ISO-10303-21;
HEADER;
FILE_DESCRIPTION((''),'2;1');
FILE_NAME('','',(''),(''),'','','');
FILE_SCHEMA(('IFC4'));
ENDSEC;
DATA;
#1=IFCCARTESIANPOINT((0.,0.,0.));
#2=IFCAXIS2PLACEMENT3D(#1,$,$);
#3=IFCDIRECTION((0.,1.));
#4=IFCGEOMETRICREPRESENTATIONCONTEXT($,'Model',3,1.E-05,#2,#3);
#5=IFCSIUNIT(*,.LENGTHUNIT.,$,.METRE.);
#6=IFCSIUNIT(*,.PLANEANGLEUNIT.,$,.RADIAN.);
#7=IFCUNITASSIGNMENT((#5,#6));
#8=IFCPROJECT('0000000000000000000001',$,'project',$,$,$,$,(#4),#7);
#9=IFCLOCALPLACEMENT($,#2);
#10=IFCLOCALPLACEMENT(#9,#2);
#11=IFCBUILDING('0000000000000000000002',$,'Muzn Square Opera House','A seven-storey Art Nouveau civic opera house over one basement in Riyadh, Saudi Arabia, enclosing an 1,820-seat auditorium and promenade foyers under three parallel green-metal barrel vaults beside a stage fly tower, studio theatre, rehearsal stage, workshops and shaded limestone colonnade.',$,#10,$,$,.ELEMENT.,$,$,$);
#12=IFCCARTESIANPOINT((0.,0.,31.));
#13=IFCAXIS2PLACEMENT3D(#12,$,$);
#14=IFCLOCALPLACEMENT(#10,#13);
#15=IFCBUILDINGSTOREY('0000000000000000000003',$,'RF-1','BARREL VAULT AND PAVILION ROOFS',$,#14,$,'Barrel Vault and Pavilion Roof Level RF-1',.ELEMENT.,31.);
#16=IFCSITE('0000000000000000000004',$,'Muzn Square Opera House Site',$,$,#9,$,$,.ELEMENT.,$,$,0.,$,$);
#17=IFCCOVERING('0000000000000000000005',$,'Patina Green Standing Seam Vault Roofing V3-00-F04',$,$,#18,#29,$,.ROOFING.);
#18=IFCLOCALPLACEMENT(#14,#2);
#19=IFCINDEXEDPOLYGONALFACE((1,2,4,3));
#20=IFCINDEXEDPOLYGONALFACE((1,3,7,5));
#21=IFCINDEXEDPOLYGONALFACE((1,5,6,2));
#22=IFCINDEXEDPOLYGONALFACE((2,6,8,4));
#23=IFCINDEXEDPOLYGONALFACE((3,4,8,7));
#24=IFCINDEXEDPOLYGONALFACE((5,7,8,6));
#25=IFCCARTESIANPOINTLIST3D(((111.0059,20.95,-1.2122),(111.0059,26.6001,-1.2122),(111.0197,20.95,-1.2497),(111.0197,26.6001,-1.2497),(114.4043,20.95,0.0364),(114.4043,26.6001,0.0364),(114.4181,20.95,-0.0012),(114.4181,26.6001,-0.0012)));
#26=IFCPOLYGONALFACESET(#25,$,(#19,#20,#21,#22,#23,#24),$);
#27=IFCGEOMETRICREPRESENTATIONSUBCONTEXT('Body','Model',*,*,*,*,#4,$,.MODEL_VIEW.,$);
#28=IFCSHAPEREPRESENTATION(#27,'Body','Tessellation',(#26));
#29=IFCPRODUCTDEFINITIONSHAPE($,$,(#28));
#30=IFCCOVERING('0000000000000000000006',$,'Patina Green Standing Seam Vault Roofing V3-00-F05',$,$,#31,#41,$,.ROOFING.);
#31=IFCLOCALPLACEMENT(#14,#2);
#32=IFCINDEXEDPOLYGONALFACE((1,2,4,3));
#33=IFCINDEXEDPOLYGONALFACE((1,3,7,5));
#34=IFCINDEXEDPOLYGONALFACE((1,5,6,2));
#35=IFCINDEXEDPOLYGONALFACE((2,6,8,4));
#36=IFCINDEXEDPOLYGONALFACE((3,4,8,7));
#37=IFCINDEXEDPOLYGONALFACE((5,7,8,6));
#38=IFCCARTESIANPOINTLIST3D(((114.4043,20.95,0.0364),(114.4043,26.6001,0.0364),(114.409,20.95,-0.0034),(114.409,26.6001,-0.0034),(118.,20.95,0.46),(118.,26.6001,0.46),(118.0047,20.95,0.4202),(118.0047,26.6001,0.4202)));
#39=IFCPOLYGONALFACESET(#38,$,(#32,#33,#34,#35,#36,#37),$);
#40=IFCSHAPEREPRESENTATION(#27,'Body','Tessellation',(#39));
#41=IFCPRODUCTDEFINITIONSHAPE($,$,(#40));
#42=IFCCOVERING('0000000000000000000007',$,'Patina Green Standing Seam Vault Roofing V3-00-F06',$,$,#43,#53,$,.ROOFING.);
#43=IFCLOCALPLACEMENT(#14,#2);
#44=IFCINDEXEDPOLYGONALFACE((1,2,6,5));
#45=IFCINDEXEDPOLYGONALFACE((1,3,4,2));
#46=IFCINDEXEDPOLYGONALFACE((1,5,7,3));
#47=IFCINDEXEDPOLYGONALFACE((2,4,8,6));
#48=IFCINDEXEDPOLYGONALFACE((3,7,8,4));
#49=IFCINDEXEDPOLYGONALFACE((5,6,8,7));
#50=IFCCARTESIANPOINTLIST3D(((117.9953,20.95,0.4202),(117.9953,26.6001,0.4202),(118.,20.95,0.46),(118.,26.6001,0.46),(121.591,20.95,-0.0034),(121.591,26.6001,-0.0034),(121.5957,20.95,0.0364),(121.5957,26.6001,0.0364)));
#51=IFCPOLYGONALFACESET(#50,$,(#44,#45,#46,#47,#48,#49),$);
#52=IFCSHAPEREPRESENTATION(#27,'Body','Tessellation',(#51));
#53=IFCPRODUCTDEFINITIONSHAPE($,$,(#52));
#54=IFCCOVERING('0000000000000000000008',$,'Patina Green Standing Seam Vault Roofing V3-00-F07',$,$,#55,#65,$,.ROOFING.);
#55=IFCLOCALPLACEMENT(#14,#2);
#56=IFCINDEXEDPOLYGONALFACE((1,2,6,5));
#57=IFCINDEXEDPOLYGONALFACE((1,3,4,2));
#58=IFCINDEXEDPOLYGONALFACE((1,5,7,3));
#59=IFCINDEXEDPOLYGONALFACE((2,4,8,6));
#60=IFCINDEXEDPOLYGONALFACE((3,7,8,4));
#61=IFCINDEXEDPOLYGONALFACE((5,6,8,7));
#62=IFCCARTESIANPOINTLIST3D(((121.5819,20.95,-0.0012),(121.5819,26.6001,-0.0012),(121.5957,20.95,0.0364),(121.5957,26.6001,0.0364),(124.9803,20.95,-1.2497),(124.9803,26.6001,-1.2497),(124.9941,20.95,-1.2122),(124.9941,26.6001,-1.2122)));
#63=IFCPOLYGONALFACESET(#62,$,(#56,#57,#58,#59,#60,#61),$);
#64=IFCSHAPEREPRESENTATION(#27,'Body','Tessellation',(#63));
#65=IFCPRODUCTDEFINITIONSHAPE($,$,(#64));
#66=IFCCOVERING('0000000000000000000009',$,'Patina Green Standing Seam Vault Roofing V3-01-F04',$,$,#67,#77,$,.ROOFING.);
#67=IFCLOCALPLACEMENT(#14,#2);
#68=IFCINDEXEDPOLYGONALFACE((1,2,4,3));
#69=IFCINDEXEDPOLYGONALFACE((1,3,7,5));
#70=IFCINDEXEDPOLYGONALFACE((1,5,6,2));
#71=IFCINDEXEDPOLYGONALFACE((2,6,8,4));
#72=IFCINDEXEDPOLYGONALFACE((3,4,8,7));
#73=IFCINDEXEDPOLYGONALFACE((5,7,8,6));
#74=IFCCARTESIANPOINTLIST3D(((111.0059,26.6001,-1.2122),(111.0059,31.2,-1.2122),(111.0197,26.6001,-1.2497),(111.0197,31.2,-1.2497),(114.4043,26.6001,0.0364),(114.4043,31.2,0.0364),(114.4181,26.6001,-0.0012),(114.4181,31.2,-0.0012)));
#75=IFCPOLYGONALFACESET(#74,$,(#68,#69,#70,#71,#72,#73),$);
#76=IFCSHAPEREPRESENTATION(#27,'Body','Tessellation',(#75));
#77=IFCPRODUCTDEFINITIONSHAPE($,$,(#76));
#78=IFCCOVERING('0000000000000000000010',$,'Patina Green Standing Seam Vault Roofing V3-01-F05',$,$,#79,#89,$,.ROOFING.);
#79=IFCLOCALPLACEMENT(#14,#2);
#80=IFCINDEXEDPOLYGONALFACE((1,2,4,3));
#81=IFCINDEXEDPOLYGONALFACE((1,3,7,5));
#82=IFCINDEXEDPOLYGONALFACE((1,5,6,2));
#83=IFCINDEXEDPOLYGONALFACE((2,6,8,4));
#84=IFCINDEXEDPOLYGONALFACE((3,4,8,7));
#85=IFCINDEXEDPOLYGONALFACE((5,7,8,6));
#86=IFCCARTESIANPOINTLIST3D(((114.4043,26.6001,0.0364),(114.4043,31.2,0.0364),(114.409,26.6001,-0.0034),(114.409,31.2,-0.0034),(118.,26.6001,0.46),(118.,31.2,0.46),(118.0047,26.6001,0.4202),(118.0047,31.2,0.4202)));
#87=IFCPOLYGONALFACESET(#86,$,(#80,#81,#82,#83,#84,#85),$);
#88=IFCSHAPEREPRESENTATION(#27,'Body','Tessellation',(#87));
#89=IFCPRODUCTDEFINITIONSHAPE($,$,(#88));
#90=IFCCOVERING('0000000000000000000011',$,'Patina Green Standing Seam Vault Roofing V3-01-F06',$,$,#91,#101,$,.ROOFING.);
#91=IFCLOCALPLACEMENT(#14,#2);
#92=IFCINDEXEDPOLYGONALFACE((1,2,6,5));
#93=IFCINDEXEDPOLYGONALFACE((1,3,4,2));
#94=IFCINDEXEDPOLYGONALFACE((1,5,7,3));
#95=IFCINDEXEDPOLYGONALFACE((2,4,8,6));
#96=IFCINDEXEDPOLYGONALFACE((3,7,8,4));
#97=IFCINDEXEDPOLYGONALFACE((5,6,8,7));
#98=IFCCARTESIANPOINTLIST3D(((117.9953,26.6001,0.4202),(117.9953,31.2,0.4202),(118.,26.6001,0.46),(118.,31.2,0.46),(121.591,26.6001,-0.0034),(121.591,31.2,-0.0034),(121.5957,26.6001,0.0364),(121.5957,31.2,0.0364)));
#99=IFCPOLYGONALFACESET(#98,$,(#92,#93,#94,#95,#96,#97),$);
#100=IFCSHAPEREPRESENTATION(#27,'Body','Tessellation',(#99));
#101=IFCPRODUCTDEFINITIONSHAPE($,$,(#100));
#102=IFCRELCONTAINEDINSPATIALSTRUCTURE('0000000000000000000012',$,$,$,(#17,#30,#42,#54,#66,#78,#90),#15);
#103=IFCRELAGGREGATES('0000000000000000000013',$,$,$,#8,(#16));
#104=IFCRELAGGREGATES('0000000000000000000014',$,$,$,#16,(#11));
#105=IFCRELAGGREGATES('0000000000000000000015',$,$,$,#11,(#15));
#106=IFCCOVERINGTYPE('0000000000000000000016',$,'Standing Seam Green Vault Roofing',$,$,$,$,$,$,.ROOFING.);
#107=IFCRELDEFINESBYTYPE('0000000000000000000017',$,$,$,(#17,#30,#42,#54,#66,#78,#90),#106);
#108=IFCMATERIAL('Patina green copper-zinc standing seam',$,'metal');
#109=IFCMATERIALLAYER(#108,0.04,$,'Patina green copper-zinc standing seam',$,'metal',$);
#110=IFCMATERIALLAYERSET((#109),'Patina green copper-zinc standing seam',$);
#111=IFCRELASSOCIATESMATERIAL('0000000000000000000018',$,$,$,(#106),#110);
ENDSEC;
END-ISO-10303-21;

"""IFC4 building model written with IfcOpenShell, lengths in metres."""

from ifc_helpers import new_model, si_unit, direction, frame, origin, place, context, subcontext, project, spatial, polyline, outline, extrude, material, layer, layer_set, type_object, element, save


model = new_model("IFC4")

# Units and contexts
model_context = context("Model", 3, precision=1e-05, world=origin(), true_north=direction((0.0, 1.0)))
body_context = subcontext(model_context, "Body", "Model", "MODEL_VIEW")
ifc_project = project(units=[si_unit("LENGTHUNIT", "METRE"), si_unit("PLANEANGLEUNIT", "RADIAN")], contexts=[model_context])

# Site, building, storey
site_placement = place(None, origin())
site = spatial("IfcSite", under=ifc_project, at=site_placement, Name="Muzn Square Opera House Site", CompositionType="ELEMENT", RefElevation=0.0)
building_placement = place(site_placement, origin())
building = spatial("IfcBuilding", under=site, at=building_placement, Name="Muzn Square Opera House", Description="A seven-storey Art Nouveau civic opera house over one basement in Riyadh, Saudi Arabia, enclosing an 1,820-seat auditorium and promenade foyers under three parallel green-metal barrel vaults beside a stage fly tower, studio theatre, rehearsal stage, workshops and shaded limestone colonnade.", CompositionType="ELEMENT")
storey_placement = place(building_placement, frame((0.0, 0.0, 31.0)))
storey = spatial("IfcBuildingStorey", under=building, at=storey_placement, Name="RF-1", Description="BARREL VAULT AND PAVILION ROOFS", LongName="Barrel Vault and Pavilion Roof Level RF-1", CompositionType="ELEMENT", Elevation=31.0)

# Shared definitions
ifc_material_1 = material(Name="Patina green copper-zinc standing seam", Category="metal")

# Coverings
ifc_layer_1 = layer(ifc_material_1, 0.04, Name="Patina green copper-zinc standing seam", Category="metal")
ifc_layer_set_1 = layer_set([ifc_layer_1], Name="Patina green copper-zinc standing seam")
covering_type = type_object("IfcCoveringType", Name="Standing Seam Green Vault Roofing", PredefinedType="ROOFING", material=ifc_layer_set_1)
covering_1_placement = place(storey_placement, frame((114.4043, 20.95, 0.0364), z_axis=(-0.344849, 0.0, 0.938658), x_axis=(0.0, 1.0, 0.0)))
element("IfcCovering", 1, at=covering_1_placement, inside=storey, type_object=covering_type, Name="Patina Green Standing Seam Vault Roofing V3-00-F04", PredefinedType="ROOFING", context=body_context, shape_type="SweptSolid", body=[
    extrude(outline(polyline([(0.0, 3.6205), (0.0, 0.0), (5.6501, 0.0), (5.6501, 3.6205), (0.0, 3.6205)])), origin(), (0.0, 0.0, -1.0), 0.04),
])
covering_2_placement = place(storey_placement, frame((118.0, 20.95, 0.46), z_axis=(-0.116994, 0.0, 0.993133), x_axis=(0.0, 1.0, 0.0)))
element("IfcCovering", 2, at=covering_2_placement, inside=storey, type_object=covering_type, Name="Patina Green Standing Seam Vault Roofing V3-00-F05", PredefinedType="ROOFING", context=body_context, shape_type="SweptSolid", body=[
    extrude(outline(polyline([(0.0, 3.6206), (0.0, 0.0), (5.6501, 0.0), (5.6501, 3.6206), (0.0, 3.6206)])), origin(), (0.0, 0.0, -1.0), 0.04),
])
covering_3_placement = place(storey_placement, frame((118.0, 20.95, 0.46), z_axis=(0.116994, 0.0, 0.993133), x_axis=(0.993133, 0.0, -0.116994)))
element("IfcCovering", 3, at=covering_3_placement, inside=storey, type_object=covering_type, Name="Patina Green Standing Seam Vault Roofing V3-00-F06", PredefinedType="ROOFING", context=body_context, shape_type="SweptSolid", body=[
    extrude(outline(polyline([(0.0, 0.0), (3.6206, 0.0), (3.6206, 5.6501), (0.0, 5.6501), (0.0, 0.0)])), origin(), (0.0, 0.0, -1.0), 0.04),
])
covering_4_placement = place(storey_placement, frame((121.5957, 20.95, 0.0364), z_axis=(0.344849, 0.0, 0.938658), x_axis=(0.938658, 0.0, -0.344849)))
element("IfcCovering", 4, at=covering_4_placement, inside=storey, type_object=covering_type, Name="Patina Green Standing Seam Vault Roofing V3-00-F07", PredefinedType="ROOFING", context=body_context, shape_type="SweptSolid", body=[
    extrude(outline(polyline([(0.0, 0.0), (3.6205, 0.0), (3.6205, 5.6501), (0.0, 5.6501), (0.0, 0.0)])), origin(), (0.0, 0.0, -1.0), 0.04),
])
covering_5_placement = place(storey_placement, frame((114.4043, 26.6001, 0.0364), z_axis=(-0.344849, 0.0, 0.938658), x_axis=(0.0, 1.0, 0.0)))
element("IfcCovering", 5, at=covering_5_placement, inside=storey, type_object=covering_type, Name="Patina Green Standing Seam Vault Roofing V3-01-F04", PredefinedType="ROOFING", context=body_context, shape_type="SweptSolid", body=[
    extrude(outline(polyline([(0.0, 3.6205), (0.0, 0.0), (4.5999, 0.0), (4.5999, 3.6205), (0.0, 3.6205)])), origin(), (0.0, 0.0, -1.0), 0.04),
])
covering_6_placement = place(storey_placement, frame((118.0, 26.6001, 0.46), z_axis=(-0.116994, 0.0, 0.993133), x_axis=(0.0, 1.0, 0.0)))
element("IfcCovering", 6, at=covering_6_placement, inside=storey, type_object=covering_type, Name="Patina Green Standing Seam Vault Roofing V3-01-F05", PredefinedType="ROOFING", context=body_context, shape_type="SweptSolid", body=[
    extrude(outline(polyline([(0.0, 3.6206), (0.0, 0.0), (4.5999, 0.0), (4.5999, 3.6206), (0.0, 3.6206)])), origin(), (0.0, 0.0, -1.0), 0.04),
])
covering_7_placement = place(storey_placement, frame((118.0, 26.6001, 0.46), z_axis=(0.116994, 0.0, 0.993133), x_axis=(0.993133, 0.0, -0.116994)))
element("IfcCovering", 7, at=covering_7_placement, inside=storey, type_object=covering_type, Name="Patina Green Standing Seam Vault Roofing V3-01-F06", PredefinedType="ROOFING", context=body_context, shape_type="SweptSolid", body=[
    extrude(outline(polyline([(0.0, 0.0), (3.6206, 0.0), (3.6206, 4.5999), (0.0, 4.5999), (0.0, 0.0)])), origin(), (0.0, 0.0, -1.0), 0.04),
])

save(model, "model.ifc")
